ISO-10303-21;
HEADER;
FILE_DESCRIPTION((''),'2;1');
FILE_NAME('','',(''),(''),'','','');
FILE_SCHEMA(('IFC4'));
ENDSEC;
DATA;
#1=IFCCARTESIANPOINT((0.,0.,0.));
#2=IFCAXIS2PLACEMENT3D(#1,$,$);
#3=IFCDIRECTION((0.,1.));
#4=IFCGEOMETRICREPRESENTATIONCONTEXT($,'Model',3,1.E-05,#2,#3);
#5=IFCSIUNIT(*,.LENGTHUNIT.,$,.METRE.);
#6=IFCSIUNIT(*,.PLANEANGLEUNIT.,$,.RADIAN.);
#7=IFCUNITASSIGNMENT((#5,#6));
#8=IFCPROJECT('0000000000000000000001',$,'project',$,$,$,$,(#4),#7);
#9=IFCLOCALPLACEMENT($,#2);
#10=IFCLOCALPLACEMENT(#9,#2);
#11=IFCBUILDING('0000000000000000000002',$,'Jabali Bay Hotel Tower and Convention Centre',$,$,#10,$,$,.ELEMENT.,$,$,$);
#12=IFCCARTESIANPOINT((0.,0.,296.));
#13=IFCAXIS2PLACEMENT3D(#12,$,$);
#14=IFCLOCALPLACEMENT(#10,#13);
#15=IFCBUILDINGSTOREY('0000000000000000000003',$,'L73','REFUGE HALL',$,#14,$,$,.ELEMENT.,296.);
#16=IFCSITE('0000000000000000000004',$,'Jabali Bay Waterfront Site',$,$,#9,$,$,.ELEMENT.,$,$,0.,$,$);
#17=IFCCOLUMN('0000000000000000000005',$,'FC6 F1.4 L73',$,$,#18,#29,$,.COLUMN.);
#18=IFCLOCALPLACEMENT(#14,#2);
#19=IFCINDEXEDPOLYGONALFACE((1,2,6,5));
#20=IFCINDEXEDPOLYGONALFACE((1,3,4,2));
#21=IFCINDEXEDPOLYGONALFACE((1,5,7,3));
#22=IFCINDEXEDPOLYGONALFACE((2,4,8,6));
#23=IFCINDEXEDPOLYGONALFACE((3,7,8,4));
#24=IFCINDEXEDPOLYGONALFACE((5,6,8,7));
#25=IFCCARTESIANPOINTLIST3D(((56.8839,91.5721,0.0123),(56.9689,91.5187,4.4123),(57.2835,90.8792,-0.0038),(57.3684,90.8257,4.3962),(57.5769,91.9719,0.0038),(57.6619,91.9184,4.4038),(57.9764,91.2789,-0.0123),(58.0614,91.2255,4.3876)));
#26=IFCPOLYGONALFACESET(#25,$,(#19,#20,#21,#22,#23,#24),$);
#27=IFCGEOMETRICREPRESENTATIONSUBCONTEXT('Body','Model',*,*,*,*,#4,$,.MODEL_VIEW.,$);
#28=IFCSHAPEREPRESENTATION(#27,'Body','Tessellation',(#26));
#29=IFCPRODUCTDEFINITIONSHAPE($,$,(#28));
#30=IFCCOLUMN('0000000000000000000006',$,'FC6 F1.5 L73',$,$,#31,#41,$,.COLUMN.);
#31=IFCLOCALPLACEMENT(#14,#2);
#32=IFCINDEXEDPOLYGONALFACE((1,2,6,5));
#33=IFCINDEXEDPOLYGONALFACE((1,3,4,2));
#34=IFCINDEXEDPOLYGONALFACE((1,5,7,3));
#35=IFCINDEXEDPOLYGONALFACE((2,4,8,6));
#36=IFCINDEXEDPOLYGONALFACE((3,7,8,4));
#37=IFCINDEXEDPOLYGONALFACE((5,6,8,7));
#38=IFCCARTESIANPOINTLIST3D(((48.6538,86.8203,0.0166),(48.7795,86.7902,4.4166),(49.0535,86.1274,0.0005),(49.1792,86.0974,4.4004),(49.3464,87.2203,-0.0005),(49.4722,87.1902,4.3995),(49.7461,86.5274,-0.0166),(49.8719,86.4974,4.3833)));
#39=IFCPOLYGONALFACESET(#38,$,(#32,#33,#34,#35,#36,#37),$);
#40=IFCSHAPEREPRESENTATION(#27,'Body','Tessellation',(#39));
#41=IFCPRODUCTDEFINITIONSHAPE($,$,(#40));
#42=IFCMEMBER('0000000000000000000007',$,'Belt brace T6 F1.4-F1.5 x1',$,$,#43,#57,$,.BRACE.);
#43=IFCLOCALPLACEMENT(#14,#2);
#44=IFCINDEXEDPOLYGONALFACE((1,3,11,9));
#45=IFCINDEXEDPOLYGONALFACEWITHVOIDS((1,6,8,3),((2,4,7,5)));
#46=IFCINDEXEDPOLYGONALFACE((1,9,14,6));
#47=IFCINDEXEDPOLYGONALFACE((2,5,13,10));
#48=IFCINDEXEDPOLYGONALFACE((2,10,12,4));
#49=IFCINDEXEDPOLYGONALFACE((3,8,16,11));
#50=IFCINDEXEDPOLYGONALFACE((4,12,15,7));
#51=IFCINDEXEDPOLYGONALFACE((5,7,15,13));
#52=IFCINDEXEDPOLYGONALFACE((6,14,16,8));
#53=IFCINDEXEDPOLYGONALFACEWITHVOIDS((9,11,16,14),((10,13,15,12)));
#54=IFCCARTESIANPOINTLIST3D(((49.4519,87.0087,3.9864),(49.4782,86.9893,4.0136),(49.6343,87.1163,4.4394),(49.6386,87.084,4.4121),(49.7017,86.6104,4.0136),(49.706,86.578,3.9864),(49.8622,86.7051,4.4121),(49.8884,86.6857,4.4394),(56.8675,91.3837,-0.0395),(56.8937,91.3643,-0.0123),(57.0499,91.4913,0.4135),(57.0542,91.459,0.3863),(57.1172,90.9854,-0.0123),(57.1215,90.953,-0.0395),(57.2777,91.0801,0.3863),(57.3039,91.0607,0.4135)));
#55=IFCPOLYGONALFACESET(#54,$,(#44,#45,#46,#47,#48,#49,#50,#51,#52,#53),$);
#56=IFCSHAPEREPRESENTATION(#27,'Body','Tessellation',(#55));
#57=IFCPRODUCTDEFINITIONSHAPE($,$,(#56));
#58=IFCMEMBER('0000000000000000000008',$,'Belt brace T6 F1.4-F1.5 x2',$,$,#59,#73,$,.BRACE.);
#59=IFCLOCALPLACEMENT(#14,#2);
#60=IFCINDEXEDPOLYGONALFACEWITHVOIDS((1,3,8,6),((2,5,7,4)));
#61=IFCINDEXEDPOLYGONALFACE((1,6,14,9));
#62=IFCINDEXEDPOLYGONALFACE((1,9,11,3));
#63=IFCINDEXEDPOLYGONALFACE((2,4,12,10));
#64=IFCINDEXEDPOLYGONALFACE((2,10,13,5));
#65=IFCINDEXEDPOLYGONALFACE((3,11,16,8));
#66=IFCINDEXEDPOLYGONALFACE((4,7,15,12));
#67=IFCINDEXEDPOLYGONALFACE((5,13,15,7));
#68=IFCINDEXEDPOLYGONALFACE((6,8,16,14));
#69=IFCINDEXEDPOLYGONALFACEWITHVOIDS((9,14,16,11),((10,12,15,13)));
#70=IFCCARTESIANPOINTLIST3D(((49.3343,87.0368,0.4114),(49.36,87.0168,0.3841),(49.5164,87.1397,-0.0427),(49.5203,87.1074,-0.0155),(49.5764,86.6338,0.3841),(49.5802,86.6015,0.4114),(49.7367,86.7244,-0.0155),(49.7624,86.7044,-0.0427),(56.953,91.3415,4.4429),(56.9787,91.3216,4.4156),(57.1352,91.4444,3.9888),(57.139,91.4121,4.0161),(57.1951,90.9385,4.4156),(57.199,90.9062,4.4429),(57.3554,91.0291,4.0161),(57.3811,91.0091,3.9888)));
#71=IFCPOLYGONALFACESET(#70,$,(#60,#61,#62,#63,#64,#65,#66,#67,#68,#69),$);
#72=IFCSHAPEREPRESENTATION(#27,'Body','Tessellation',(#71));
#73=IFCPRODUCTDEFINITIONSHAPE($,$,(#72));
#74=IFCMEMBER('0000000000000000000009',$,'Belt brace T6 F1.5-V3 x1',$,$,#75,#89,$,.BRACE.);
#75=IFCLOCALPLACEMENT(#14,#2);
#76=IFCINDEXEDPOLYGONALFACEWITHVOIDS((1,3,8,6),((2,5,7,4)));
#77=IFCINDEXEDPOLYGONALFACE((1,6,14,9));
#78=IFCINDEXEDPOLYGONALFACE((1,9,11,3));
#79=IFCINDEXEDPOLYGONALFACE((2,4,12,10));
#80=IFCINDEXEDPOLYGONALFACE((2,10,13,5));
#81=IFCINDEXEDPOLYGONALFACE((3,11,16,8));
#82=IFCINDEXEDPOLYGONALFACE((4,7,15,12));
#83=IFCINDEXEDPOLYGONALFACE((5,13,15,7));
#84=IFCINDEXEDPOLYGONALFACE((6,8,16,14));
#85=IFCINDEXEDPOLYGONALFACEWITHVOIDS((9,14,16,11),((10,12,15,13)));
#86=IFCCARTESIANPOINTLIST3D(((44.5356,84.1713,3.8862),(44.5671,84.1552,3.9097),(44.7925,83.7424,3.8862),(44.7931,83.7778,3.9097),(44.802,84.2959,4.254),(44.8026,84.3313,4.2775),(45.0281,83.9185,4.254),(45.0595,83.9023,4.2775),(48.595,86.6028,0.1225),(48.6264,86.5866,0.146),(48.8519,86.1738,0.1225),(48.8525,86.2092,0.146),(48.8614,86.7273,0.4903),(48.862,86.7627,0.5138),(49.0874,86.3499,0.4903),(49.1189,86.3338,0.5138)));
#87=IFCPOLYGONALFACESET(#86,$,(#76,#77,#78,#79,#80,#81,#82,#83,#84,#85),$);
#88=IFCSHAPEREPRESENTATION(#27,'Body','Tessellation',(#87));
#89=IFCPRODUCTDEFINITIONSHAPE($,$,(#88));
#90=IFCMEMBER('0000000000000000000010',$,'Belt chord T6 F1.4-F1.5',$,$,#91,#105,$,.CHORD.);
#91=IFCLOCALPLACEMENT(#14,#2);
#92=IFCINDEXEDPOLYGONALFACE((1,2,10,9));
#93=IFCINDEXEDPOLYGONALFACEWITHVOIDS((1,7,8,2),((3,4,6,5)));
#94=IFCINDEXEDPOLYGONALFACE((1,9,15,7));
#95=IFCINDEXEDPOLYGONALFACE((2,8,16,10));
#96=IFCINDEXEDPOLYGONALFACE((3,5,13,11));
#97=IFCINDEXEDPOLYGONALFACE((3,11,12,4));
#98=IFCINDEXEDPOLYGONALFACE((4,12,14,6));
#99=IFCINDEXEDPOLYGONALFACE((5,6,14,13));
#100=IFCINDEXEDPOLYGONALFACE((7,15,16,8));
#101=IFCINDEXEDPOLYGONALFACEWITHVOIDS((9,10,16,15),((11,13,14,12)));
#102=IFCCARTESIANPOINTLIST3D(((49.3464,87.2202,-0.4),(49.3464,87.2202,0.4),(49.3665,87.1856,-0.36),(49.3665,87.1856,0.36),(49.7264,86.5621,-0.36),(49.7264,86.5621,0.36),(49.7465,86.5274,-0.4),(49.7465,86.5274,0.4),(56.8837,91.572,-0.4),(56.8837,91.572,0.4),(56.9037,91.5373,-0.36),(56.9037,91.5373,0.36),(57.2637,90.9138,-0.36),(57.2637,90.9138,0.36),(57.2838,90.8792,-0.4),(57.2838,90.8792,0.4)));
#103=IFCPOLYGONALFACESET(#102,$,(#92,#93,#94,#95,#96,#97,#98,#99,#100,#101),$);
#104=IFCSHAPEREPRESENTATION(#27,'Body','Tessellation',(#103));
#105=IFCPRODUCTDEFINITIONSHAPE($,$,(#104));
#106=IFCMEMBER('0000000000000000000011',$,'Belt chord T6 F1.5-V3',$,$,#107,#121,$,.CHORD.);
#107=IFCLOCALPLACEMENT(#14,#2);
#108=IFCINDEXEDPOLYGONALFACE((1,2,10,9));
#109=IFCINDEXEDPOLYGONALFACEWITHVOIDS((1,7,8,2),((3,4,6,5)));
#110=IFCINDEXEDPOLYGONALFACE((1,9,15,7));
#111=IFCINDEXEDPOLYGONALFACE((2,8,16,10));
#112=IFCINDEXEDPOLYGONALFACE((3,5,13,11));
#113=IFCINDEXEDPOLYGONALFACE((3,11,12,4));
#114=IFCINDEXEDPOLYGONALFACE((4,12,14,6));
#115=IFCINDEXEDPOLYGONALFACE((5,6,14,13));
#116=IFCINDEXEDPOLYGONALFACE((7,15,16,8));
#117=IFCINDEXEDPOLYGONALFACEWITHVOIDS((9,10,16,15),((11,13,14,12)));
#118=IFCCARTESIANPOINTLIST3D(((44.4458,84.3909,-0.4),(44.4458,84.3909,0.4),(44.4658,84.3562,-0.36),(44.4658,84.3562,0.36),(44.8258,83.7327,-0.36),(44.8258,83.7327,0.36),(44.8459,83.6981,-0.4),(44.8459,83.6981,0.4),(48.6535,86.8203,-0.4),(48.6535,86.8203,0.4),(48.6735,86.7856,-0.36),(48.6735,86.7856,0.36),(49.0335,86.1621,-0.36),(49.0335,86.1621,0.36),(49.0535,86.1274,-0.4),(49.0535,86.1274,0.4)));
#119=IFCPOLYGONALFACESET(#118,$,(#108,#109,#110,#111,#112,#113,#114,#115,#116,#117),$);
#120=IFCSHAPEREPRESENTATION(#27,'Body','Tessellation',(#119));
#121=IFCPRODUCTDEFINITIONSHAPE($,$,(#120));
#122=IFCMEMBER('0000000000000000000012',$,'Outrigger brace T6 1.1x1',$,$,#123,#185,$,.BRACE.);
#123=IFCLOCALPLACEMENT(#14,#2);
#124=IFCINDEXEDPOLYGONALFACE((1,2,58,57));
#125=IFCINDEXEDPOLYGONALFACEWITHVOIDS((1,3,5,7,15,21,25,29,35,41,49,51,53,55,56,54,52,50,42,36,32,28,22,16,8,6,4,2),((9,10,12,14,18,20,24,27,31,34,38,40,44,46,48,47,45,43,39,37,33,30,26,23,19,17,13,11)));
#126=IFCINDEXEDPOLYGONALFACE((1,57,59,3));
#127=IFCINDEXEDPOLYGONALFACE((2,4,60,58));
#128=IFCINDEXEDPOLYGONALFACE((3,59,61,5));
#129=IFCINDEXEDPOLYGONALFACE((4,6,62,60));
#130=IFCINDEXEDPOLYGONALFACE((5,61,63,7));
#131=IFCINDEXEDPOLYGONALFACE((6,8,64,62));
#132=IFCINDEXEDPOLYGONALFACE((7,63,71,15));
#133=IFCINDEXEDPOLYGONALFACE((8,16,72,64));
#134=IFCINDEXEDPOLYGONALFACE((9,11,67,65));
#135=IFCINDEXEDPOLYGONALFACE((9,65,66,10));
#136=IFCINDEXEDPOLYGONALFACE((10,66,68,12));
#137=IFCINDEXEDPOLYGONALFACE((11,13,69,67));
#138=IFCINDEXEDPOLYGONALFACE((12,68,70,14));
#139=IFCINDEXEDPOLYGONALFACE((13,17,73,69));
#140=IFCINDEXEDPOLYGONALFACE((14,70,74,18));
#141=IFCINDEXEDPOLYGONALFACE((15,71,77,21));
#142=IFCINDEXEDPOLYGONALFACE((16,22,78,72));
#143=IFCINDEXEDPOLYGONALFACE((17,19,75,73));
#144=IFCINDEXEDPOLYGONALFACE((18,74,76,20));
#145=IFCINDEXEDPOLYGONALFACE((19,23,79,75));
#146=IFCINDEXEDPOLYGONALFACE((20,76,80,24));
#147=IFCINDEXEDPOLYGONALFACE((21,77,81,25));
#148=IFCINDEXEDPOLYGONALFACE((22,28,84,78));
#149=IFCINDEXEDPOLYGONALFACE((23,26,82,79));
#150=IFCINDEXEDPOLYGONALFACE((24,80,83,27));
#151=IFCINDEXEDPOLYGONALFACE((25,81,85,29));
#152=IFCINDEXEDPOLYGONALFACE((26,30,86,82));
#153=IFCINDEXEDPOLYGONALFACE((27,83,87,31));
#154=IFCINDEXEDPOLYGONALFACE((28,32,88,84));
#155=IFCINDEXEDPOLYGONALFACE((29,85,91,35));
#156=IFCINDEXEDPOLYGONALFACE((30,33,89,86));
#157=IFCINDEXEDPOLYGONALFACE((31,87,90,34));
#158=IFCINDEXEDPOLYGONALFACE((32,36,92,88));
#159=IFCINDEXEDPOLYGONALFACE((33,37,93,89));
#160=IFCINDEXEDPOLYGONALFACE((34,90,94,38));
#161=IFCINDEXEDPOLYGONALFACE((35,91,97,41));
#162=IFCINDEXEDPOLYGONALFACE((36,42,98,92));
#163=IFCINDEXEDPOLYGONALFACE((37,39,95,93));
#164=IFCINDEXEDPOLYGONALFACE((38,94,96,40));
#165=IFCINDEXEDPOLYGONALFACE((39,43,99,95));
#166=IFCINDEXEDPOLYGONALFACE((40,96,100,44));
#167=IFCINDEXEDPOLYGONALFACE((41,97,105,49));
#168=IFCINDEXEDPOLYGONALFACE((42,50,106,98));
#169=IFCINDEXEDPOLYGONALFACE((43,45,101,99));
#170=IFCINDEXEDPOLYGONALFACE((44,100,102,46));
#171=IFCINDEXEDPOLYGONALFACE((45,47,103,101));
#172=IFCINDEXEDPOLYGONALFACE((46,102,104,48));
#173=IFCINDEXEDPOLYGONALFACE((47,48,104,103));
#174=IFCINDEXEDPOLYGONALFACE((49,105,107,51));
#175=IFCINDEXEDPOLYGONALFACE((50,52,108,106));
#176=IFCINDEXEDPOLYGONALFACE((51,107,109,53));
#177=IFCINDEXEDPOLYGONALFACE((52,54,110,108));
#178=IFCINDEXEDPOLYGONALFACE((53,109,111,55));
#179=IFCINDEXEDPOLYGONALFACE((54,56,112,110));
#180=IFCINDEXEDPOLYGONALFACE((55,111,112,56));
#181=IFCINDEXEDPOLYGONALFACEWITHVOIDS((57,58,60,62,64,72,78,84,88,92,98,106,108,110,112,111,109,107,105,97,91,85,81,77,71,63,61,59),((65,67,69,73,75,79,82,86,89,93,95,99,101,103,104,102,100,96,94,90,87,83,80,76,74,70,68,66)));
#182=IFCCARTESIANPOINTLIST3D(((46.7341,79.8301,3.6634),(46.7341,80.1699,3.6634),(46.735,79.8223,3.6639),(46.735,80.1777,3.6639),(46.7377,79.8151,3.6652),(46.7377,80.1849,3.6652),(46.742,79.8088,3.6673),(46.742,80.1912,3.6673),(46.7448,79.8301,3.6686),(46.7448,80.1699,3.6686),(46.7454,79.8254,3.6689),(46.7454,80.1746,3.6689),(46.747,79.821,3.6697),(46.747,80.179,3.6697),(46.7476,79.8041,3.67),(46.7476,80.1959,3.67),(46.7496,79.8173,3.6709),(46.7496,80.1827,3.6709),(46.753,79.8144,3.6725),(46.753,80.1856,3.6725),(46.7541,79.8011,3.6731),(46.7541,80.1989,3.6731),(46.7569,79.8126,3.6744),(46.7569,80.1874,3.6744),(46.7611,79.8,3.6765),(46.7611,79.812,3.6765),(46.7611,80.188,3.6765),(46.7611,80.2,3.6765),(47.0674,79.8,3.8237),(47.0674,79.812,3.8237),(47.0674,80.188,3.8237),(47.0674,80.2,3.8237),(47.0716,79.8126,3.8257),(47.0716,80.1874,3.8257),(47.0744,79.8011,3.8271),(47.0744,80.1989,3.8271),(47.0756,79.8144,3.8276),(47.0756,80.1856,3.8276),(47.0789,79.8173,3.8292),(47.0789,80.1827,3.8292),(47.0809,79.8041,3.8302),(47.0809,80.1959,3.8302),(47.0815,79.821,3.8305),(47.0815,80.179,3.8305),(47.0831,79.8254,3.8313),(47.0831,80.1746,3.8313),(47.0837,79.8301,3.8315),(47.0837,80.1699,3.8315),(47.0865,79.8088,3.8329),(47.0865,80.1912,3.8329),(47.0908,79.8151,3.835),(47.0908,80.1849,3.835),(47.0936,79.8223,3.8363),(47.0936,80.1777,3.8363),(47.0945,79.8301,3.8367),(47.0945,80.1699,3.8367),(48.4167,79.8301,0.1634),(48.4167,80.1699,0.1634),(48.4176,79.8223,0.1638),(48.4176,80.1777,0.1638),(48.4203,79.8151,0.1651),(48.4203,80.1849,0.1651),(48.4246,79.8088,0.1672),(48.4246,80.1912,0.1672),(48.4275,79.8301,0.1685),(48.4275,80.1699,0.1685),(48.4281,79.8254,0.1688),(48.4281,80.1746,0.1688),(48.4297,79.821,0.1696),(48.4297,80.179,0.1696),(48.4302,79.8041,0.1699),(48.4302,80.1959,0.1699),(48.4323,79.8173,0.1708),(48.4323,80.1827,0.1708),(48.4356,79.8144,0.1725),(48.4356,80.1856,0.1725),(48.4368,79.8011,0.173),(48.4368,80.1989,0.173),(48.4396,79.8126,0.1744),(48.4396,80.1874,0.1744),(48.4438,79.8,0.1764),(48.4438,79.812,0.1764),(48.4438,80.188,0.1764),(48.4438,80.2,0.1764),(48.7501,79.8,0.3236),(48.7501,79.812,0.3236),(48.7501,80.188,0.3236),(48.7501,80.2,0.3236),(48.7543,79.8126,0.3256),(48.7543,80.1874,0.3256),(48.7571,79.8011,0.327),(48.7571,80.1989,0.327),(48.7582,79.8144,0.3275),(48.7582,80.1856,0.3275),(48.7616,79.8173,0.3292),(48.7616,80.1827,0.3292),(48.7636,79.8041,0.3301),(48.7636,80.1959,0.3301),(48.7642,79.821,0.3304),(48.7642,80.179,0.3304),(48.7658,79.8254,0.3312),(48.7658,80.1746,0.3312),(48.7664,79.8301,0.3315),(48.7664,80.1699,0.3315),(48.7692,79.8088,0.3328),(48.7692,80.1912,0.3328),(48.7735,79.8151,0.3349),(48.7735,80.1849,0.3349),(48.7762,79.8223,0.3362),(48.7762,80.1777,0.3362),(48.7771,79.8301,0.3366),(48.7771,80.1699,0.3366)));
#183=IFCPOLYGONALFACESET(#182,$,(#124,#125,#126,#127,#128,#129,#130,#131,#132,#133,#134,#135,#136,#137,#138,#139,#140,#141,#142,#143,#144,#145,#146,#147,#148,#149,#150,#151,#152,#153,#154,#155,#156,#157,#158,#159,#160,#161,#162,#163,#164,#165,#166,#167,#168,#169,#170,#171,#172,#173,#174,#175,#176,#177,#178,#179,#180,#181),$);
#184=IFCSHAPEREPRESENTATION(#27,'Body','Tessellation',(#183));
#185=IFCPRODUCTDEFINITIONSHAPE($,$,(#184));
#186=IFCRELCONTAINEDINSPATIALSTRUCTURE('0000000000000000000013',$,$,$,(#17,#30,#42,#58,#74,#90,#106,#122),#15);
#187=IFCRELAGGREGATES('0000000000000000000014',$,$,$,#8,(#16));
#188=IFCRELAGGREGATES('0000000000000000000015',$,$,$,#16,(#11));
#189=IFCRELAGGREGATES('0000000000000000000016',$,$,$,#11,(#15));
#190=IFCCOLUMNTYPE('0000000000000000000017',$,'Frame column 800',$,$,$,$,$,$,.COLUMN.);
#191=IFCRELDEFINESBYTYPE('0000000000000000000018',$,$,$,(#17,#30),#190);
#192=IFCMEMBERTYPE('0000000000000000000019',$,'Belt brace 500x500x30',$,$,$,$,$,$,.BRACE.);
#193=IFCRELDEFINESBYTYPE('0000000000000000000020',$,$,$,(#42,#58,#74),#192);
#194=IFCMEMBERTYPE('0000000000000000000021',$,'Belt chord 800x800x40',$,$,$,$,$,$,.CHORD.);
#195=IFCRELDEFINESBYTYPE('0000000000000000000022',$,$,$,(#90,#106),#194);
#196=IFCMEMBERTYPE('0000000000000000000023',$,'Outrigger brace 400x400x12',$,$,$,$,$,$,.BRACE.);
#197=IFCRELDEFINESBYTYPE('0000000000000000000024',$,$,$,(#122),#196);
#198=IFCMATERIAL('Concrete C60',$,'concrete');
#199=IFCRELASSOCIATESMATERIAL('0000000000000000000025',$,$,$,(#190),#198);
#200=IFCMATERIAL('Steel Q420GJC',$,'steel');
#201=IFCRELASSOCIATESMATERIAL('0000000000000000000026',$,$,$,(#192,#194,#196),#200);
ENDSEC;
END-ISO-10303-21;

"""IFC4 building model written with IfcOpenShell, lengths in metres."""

from ifc_helpers import new_model, si_unit, direction, frame, origin, origin_2d, place, context, subcontext, project, spatial, rectangle, hollow_rectangle, extrude, material, material_profile, profile_set, type_object, element, save


model = new_model("IFC4")

# Units and contexts
model_context = context("Model", 3, precision=1e-05, world=origin(), true_north=direction((0.0, 1.0)))
body_context = subcontext(model_context, "Body", "Model", "MODEL_VIEW")
ifc_project = project(units=[si_unit("LENGTHUNIT", "METRE"), si_unit("PLANEANGLEUNIT", "RADIAN")], contexts=[model_context])

# Site, building, storey
site_placement = place(None, origin())
site = spatial("IfcSite", under=ifc_project, at=site_placement, Name="Jabali Bay Waterfront Site", CompositionType="ELEMENT", RefElevation=0.0)
building_placement = place(site_placement, origin())
building = spatial("IfcBuilding", under=site, at=building_placement, Name="Jabali Bay Hotel Tower and Convention Centre", CompositionType="ELEMENT")
storey_placement = place(building_placement, frame((0.0, 0.0, 296.0)))
storey = spatial("IfcBuildingStorey", under=building, at=storey_placement, Name="L73", Description="REFUGE HALL", CompositionType="ELEMENT", Elevation=296.0)

# Columns
ifc_material_1 = material(Name="Concrete C60", Category="concrete")
ifc_material_profile_1 = material_profile(ifc_material_1, rectangle(XDim=0.8, YDim=0.8, at=origin_2d()), Name="Frame column 800")
ifc_profile_set_1 = profile_set([ifc_material_profile_1], Name="Concrete C60")
column_type = type_object("IfcColumnType", Name="Frame column 800", PredefinedType="COLUMN", material=ifc_profile_set_1)
column_1_placement = place(storey_placement, frame((57.4302, 91.4255, 0.0), z_axis=(0.019305, -0.012149, 0.99974), x_axis=(-0.499387, 0.866144, 0.020168)))
element("IfcColumn", 1, at=column_1_placement, inside=storey, type_object=column_type, Name="FC6 F1.4 L73", PredefinedType="COLUMN", context=body_context, shape_type="SweptSolid", body=[
    extrude(rectangle(XDim=0.8, YDim=0.8, at=origin_2d()), origin(), (0.0, 0.0, 1.0), 4.4011),
])
column_2_placement = place(storey_placement, frame((49.2, 86.6738, 0.0), z_axis=(0.028564, -0.006822, 0.999569), x_axis=(-0.499616, 0.866012, 0.020188)))
element("IfcColumn", 2, at=column_2_placement, inside=storey, type_object=column_type, Name="FC6 F1.5 L73", PredefinedType="COLUMN", context=body_context, shape_type="SweptSolid", body=[
    extrude(rectangle(XDim=0.8, YDim=0.8, at=origin_2d()), origin(), (0.0, 0.0, 1.0), 4.4019),
])

# Members
ifc_material_2 = material(Name="Steel Q420GJC", Category="steel")
ifc_material_profile_2 = material_profile(ifc_material_2, hollow_rectangle(XDim=0.5, YDim=0.5, WallThickness=0.03, at=origin_2d()), Name="Belt brace 500x500x30")
ifc_profile_set_2 = profile_set([ifc_material_profile_2], Name="Steel Q420GJC")
member_type_1 = type_object("IfcMemberType", Name="Belt brace 500x500x30", PredefinedType="BRACE", material=ifc_profile_set_2)
member_1_placement = place(storey_placement, frame((57.0857, 91.2222, 0.187), z_axis=(-0.7802, -0.460301, 0.423569), x_axis=(0.508135, -0.861277, 0.0)))
element("IfcMember", 3, at=member_1_placement, inside=storey, type_object=member_type_1, Name="Belt brace T6 F1.4-F1.5 x1", PredefinedType="BRACE", context=body_context, shape_type="SweptSolid", body=[
    extrude(hollow_rectangle(XDim=0.5, YDim=0.5, WallThickness=0.03, at=origin_2d()), origin(), (0.0, 0.0, 1.0), 9.5046),
])
member_2_placement = place(storey_placement, frame((49.5483, 86.8706, 0.1843), z_axis=(0.790753, 0.446791, 0.418436), x_axis=(-0.491927, 0.870637, 0.0)))
element("IfcMember", 4, at=member_2_placement, inside=storey, type_object=member_type_1, Name="Belt brace T6 F1.4-F1.5 x2", PredefinedType="BRACE", context=body_context, shape_type="SweptSolid", body=[
    extrude(hollow_rectangle(XDim=0.5, YDim=0.5, WallThickness=0.03, at=origin_2d()), origin(), (0.0, 0.0, 1.0), 9.6348),
])
member_3_placement = place(storey_placement, frame((48.8569, 86.4683, 0.3181), z_axis=(-0.671398, -0.402144, 0.622498), x_axis=(0.513843, -0.857884, 0.0)))
element("IfcMember", 5, at=member_3_placement, inside=storey, type_object=member_type_1, Name="Belt brace T6 F1.5-V3 x1", PredefinedType="BRACE", context=body_context, shape_type="SweptSolid", body=[
    extrude(hollow_rectangle(XDim=0.5, YDim=0.5, WallThickness=0.03, at=origin_2d()), origin(), (0.0, 0.0, 1.0), 6.0461),
])
ifc_material_profile_3 = material_profile(ifc_material_2, hollow_rectangle(XDim=0.8, YDim=0.8, WallThickness=0.04, at=origin_2d()), Name="Belt chord 800x800x40")
ifc_profile_set_3 = profile_set([ifc_material_profile_3], Name="Steel Q420GJC")
member_type_2 = type_object("IfcMemberType", Name="Belt chord 800x800x40", PredefinedType="CHORD", material=ifc_profile_set_3)
member_4_placement = place(storey_placement, frame((57.0837, 91.2256, 0.0), z_axis=(-0.86602, -0.50001, 0.0), x_axis=(0.50001, -0.86602, 0.0)))
element("IfcMember", 6, at=member_4_placement, inside=storey, type_object=member_type_2, Name="Belt chord T6 F1.4-F1.5", PredefinedType="CHORD", context=body_context, shape_type="SweptSolid", body=[
    extrude(hollow_rectangle(XDim=0.8, YDim=0.8, WallThickness=0.04, at=origin_2d()), origin(), (0.0, 0.0, 1.0), 8.7034),
])
member_5_placement = place(storey_placement, frame((48.8535, 86.4739, 0.0), z_axis=(-0.866017, -0.500014, 0.0), x_axis=(0.500014, -0.866017, 0.0)))
element("IfcMember", 7, at=member_5_placement, inside=storey, type_object=member_type_2, Name="Belt chord T6 F1.5-V3", PredefinedType="CHORD", context=body_context, shape_type="SweptSolid", body=[
    extrude(hollow_rectangle(XDim=0.8, YDim=0.8, WallThickness=0.04, at=origin_2d()), origin(), (0.0, 0.0, 1.0), 4.8586),
])
ifc_material_profile_4 = material_profile(ifc_material_2, hollow_rectangle(XDim=0.3999, YDim=0.3999, WallThickness=0.012, InnerFilletRadius=0.0181, OuterFilletRadius=0.03, at=origin_2d()), Name="Outrigger brace 400x400x12")
ifc_profile_set_4 = profile_set([ifc_material_profile_4], Name="Steel Q420GJC")
member_type_3 = type_object("IfcMemberType", Name="Outrigger brace 400x400x12", PredefinedType="BRACE", material=ifc_profile_set_4)
member_6_placement = place(storey_placement, frame((48.5969, 80.0, 0.25), z_axis=(-0.433279, 0.0, 0.90126), x_axis=(0.0, -1.0, 0.0)))
element("IfcMember", 8, at=member_6_placement, inside=storey, type_object=member_type_3, Name="Outrigger brace T6 1.1x1", PredefinedType="BRACE", context=body_context, shape_type="SweptSolid", body=[
    extrude(hollow_rectangle(XDim=0.3999, YDim=0.3999, WallThickness=0.012, InnerFilletRadius=0.0181, OuterFilletRadius=0.03, at=origin_2d()), origin(), (0.0, 0.0, 1.0), 3.8835),
])

save(model, "model.ifc")
